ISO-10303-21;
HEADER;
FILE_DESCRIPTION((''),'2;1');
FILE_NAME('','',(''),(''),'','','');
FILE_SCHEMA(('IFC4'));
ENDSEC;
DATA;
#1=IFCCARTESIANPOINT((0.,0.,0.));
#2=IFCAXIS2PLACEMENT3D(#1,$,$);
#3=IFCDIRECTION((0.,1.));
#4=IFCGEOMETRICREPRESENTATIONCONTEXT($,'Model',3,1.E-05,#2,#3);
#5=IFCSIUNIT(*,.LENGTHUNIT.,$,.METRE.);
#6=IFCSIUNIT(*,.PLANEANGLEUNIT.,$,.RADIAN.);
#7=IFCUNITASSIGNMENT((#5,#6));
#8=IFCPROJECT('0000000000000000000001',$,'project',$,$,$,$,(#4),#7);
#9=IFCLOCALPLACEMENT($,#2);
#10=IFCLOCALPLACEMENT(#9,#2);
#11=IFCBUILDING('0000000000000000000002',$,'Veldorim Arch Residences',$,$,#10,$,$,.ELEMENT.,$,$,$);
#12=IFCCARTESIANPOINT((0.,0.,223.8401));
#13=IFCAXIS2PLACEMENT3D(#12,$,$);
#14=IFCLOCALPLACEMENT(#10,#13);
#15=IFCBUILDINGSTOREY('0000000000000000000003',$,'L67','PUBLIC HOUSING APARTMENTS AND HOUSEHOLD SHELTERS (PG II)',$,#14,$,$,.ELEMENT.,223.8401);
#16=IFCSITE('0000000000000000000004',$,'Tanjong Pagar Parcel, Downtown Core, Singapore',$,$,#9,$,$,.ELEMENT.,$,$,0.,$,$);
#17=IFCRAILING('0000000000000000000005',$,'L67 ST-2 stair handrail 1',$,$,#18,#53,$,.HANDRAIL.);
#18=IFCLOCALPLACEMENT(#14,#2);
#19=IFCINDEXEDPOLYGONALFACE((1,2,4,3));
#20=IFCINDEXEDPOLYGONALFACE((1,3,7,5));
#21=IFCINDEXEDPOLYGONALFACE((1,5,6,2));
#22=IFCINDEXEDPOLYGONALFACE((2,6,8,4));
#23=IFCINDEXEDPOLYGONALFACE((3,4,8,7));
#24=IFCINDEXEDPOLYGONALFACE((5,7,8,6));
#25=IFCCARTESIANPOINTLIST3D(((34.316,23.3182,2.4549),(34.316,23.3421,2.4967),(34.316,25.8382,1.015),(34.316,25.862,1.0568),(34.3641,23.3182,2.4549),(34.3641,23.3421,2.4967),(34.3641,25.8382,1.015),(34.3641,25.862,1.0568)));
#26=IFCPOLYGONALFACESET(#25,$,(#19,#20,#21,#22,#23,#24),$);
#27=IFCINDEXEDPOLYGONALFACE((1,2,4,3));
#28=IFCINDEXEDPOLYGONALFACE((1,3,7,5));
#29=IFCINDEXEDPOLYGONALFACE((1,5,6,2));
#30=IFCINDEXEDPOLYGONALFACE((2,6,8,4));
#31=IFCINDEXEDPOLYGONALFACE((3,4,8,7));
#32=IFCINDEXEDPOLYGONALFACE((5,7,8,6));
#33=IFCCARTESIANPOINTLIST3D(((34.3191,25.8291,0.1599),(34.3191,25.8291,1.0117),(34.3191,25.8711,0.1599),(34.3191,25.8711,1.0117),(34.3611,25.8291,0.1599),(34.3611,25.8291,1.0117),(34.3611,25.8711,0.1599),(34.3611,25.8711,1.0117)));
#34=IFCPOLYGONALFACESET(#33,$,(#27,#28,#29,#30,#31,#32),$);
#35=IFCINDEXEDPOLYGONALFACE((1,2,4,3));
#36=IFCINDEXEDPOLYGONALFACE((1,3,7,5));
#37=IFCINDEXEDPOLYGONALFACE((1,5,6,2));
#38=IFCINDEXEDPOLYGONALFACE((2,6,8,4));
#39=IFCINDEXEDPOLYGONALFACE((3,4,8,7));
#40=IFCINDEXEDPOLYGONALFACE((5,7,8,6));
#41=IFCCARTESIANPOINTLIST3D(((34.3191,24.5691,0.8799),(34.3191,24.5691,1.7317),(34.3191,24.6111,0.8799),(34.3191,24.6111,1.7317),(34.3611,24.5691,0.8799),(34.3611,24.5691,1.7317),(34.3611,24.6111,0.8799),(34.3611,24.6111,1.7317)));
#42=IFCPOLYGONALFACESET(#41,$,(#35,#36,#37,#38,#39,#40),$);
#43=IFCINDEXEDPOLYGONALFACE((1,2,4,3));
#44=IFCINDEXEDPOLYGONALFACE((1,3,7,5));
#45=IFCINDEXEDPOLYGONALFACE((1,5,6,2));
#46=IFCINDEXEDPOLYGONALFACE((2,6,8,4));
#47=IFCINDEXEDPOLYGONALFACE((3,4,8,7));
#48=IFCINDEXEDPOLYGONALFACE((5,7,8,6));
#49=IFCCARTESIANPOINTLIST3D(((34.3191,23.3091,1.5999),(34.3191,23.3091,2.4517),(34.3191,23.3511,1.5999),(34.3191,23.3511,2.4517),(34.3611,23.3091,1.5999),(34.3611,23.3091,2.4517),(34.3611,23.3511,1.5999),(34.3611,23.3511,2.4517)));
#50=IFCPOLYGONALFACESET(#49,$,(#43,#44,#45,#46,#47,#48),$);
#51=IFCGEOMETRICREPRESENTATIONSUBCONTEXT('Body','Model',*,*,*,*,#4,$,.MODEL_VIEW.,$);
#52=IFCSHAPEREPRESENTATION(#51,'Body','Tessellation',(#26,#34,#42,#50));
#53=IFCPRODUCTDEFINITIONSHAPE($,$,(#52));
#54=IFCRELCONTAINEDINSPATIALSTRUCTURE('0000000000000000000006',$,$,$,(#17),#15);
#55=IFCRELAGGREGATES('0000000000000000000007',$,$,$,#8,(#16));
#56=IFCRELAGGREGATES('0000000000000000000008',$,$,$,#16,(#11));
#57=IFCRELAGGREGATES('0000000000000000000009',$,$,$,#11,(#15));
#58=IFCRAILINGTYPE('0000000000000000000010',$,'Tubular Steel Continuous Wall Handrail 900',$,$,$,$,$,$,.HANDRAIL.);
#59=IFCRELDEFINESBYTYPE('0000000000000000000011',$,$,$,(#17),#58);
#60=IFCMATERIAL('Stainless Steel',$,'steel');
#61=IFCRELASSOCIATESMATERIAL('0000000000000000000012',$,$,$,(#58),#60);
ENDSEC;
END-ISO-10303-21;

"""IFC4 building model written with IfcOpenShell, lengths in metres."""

from ifc_helpers import new_model, si_unit, direction, frame, origin, origin_2d, place, context, subcontext, project, spatial, rectangle, extrude, material, type_object, element, save


model = new_model("IFC4")

# Units and contexts
model_context = context("Model", 3, precision=1e-05, world=origin(), true_north=direction((0.0, 1.0)))
body_context = subcontext(model_context, "Body", "Model", "MODEL_VIEW")
ifc_project = project(units=[si_unit("LENGTHUNIT", "METRE"), si_unit("PLANEANGLEUNIT", "RADIAN")], contexts=[model_context])

# Site, building, storey
site_placement = place(None, origin())
site = spatial("IfcSite", under=ifc_project, at=site_placement, Name="Tanjong Pagar Parcel, Downtown Core, Singapore", CompositionType="ELEMENT", RefElevation=0.0)
building_placement = place(site_placement, origin())
building = spatial("IfcBuilding", under=site, at=building_placement, Name="Veldorim Arch Residences", CompositionType="ELEMENT")
storey_placement = place(building_placement, frame((0.0, 0.0, 223.8401)))
storey = spatial("IfcBuildingStorey", under=building, at=storey_placement, Name="L67", Description="PUBLIC HOUSING APARTMENTS AND HOUSEHOLD SHELTERS (PG II)", CompositionType="ELEMENT", Elevation=223.8401)

# Railing
ifc_material_1 = material(Name="Stainless Steel", Category="steel")
railing_type_1 = type_object("IfcRailingType", Name="Tubular Steel Continuous Wall Handrail 900", PredefinedType="HANDRAIL", material=ifc_material_1)
railing_1_placement = place(storey_placement, frame((34.3401, 25.8501, 0.1599)))
element("IfcRailing", 1, at=railing_1_placement, inside=storey, type_object=railing_type_1, Name="L67 ST-2 stair handrail 1", PredefinedType="HANDRAIL", context=body_context, shape_type="SweptSolid", body=[
    extrude(rectangle(XDim=0.0481, YDim=0.0481, at=origin_2d()), frame((0.0, 0.0, 0.876), z_axis=(0.0, -0.868253, 0.496121), x_axis=(1.0, 0.0, 0.0)), (0.0, 0.0, 1.0), 2.9023),
    extrude(rectangle(XDim=0.042, YDim=0.042, at=origin_2d()), origin(), (0.0, 0.0, 1.0), 0.8518),
    extrude(rectangle(XDim=0.042, YDim=0.042, at=origin_2d()), frame((0.0, -1.26, 0.72)), (0.0, 0.0, 1.0), 0.8518),
    extrude(rectangle(XDim=0.042, YDim=0.042, at=origin_2d()), frame((0.0, -2.52, 1.4399)), (0.0, 0.0, 1.0), 0.8518),
])

save(model, "model.ifc")
